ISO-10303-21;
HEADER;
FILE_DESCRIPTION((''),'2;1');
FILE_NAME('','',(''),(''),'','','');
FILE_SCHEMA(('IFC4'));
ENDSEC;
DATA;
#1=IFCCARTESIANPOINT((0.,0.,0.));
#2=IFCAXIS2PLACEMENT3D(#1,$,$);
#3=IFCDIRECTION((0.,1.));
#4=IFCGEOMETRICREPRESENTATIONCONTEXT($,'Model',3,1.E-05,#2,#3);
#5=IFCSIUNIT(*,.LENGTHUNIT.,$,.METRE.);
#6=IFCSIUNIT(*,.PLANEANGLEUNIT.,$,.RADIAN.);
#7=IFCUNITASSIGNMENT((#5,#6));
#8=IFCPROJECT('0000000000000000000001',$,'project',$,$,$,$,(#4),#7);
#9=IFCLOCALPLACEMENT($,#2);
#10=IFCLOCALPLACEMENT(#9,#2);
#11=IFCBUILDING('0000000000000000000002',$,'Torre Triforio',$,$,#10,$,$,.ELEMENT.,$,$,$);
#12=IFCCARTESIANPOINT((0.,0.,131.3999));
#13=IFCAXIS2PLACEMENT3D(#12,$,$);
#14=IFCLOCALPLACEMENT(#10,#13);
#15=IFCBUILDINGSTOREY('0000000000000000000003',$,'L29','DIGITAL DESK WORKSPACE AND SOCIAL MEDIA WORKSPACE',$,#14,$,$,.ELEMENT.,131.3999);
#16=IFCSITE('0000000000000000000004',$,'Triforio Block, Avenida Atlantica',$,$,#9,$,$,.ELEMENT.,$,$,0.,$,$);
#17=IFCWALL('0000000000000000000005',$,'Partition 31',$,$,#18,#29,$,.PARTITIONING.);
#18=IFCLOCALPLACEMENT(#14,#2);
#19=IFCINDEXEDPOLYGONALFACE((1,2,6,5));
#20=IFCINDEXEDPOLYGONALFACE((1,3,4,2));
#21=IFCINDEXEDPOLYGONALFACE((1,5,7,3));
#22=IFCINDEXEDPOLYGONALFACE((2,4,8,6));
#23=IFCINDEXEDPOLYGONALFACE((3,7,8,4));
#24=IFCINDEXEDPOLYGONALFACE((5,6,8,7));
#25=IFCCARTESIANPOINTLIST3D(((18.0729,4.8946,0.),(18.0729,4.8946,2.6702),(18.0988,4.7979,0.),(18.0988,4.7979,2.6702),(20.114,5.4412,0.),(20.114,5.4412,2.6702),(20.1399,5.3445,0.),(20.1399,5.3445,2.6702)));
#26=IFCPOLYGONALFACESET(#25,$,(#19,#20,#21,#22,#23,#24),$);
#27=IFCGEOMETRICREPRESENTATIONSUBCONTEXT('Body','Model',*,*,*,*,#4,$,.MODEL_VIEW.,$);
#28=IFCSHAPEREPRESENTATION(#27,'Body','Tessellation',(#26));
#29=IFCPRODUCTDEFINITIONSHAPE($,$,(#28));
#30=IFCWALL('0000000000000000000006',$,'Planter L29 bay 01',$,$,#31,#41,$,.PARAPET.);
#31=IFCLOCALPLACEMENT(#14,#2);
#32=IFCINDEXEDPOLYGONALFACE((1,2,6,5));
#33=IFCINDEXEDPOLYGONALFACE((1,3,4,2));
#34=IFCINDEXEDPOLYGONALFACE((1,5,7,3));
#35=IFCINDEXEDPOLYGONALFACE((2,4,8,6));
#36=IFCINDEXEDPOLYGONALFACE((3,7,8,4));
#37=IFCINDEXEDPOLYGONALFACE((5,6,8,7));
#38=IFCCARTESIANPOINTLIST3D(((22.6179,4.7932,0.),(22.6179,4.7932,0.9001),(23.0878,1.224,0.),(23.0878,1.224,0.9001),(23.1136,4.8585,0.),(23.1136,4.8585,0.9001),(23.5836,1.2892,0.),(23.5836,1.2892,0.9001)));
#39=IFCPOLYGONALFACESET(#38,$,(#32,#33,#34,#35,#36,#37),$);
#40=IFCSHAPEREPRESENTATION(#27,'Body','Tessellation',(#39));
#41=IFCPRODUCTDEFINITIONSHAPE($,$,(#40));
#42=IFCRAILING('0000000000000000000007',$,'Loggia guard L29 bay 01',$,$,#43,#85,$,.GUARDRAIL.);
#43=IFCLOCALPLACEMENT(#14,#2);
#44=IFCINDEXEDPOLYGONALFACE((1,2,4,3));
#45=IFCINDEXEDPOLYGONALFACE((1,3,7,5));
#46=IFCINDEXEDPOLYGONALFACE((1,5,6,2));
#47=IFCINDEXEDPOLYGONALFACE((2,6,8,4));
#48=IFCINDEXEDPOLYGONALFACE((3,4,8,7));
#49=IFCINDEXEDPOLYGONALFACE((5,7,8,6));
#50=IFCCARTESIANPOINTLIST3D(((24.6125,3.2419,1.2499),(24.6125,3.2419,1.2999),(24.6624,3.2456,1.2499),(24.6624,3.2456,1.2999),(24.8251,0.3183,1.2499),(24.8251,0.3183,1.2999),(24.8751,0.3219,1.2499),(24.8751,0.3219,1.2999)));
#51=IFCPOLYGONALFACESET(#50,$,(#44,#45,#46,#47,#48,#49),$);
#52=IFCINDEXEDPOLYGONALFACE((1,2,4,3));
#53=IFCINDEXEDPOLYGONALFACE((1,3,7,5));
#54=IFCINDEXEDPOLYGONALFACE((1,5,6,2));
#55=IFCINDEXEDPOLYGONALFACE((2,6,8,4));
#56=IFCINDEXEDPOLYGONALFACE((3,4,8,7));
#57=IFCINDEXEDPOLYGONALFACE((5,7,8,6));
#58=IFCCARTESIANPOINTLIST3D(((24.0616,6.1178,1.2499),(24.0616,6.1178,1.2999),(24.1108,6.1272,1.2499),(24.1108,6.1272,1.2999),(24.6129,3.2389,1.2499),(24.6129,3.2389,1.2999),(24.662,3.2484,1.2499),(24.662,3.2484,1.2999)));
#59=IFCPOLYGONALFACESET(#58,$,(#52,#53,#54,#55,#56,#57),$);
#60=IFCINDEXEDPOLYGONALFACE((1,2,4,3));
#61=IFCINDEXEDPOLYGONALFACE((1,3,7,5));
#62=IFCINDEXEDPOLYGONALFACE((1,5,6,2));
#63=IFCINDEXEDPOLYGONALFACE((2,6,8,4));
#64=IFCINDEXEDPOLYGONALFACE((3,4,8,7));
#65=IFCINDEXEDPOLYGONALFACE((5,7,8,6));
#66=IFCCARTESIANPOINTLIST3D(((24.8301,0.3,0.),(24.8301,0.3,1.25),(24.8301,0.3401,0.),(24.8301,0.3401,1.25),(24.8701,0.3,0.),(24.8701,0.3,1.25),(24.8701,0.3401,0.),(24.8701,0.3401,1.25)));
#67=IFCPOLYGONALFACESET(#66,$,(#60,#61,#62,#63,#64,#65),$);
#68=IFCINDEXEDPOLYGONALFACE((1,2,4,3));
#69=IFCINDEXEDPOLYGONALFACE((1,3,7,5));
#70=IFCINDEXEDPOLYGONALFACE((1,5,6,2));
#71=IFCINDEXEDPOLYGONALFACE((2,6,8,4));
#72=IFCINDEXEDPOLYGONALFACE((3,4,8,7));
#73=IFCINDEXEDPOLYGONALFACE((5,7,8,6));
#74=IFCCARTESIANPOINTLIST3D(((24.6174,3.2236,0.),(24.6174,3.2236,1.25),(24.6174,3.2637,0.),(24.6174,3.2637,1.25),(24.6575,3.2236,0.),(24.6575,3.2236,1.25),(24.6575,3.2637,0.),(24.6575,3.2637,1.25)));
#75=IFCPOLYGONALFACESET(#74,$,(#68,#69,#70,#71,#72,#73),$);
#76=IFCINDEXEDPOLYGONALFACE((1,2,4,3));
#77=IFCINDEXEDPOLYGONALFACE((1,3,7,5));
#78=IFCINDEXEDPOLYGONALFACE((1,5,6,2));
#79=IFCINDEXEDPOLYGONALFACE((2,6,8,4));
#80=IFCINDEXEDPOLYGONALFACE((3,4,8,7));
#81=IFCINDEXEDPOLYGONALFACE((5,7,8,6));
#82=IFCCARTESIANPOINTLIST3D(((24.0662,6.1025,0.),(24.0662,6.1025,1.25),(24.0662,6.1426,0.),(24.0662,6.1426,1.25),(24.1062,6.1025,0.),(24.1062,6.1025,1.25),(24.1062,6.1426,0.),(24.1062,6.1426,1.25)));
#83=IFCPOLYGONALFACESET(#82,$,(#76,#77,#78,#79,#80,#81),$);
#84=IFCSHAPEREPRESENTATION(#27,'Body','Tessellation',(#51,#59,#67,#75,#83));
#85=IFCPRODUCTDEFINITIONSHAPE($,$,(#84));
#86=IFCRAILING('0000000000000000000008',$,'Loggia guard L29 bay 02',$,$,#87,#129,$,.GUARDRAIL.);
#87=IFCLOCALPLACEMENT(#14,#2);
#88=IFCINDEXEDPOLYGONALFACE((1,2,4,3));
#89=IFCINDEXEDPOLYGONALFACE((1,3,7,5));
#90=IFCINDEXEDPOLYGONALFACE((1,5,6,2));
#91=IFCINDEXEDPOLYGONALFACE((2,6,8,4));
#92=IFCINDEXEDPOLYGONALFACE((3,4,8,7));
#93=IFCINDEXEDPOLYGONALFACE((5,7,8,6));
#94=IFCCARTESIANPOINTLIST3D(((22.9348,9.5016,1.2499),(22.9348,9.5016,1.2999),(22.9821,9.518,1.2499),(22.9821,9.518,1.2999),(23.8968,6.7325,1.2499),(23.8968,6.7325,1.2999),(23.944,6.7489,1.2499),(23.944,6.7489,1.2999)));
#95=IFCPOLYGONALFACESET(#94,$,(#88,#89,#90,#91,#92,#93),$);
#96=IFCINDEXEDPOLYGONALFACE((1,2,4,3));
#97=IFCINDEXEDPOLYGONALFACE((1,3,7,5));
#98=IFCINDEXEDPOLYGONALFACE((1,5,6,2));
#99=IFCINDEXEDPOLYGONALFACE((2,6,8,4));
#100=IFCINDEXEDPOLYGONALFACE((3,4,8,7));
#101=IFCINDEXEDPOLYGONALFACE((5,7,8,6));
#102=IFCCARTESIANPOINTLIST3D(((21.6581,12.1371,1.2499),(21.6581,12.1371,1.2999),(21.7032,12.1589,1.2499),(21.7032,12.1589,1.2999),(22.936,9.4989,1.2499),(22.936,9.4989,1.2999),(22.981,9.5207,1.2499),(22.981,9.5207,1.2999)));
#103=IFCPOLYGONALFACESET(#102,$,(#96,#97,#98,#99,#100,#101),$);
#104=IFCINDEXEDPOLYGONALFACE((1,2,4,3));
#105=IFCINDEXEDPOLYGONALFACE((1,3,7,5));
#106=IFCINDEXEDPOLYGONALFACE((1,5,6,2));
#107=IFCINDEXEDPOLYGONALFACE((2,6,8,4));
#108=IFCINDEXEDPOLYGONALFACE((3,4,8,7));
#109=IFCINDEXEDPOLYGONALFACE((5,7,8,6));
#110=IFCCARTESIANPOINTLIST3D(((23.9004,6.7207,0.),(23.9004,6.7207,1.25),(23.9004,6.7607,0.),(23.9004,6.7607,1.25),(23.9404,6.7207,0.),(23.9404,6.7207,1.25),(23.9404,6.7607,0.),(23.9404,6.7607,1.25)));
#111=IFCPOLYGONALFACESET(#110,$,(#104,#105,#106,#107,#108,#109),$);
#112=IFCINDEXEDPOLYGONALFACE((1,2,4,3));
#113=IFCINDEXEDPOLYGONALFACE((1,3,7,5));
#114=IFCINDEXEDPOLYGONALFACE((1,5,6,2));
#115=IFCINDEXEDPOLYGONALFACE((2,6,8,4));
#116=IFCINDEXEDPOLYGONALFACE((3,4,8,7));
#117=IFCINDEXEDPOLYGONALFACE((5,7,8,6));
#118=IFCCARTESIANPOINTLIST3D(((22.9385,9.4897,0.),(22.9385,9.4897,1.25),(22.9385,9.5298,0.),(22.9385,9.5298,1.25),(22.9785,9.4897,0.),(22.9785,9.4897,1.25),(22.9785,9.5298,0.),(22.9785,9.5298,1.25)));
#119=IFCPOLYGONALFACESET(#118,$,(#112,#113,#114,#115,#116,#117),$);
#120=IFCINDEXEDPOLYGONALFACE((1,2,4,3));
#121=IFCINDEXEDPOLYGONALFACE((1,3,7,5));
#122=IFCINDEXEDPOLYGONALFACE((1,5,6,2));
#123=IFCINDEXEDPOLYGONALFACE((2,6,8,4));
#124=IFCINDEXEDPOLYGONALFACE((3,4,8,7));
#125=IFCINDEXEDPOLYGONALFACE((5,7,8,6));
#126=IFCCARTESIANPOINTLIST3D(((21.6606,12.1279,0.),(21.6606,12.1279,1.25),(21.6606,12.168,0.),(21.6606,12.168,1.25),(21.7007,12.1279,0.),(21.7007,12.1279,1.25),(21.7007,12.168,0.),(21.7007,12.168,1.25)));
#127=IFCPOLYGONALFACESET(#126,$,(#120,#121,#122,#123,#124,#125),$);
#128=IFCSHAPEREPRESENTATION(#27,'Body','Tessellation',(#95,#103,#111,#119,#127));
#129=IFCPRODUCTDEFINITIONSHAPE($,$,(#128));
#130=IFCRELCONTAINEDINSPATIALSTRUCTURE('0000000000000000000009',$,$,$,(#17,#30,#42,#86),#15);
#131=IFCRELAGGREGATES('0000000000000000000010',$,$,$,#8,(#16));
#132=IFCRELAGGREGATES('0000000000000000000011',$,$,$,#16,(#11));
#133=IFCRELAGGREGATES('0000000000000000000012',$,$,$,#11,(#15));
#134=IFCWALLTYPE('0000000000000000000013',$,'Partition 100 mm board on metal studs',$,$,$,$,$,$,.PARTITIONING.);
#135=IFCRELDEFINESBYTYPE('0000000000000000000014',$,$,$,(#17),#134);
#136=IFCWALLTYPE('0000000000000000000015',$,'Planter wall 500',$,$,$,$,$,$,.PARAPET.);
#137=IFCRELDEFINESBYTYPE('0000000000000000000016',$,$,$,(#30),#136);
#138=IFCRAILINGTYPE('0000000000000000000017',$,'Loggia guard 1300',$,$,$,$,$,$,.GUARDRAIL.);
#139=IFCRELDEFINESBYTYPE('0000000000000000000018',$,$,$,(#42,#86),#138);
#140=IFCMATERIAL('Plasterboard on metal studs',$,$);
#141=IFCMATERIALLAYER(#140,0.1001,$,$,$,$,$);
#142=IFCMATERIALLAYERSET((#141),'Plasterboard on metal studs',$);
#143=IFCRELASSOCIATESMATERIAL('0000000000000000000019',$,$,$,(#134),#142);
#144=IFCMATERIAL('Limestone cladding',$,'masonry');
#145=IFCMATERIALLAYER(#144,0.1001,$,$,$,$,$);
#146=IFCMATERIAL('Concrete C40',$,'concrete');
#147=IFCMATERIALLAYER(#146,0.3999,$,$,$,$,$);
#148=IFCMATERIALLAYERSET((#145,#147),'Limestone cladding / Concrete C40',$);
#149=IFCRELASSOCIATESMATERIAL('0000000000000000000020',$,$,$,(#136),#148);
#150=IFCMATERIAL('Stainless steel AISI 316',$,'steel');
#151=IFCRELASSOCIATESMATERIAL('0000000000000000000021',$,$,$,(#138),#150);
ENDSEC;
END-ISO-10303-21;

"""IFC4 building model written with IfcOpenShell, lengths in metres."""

from ifc_helpers import new_model, si_unit, direction, frame, frame_2d, origin, origin_2d, place, context, subcontext, project, spatial, rectangle, extrude, material, layer, layer_set, type_object, element, save


model = new_model("IFC4")

# Units and contexts
model_context = context("Model", 3, precision=1e-05, world=origin(), true_north=direction((0.0, 1.0)))
body_context = subcontext(model_context, "Body", "Model", "MODEL_VIEW")
ifc_project = project(units=[si_unit("LENGTHUNIT", "METRE"), si_unit("PLANEANGLEUNIT", "RADIAN")], contexts=[model_context])

# Site, building, storey
site_placement = place(None, origin())
site = spatial("IfcSite", under=ifc_project, at=site_placement, Name="Triforio Block, Avenida Atlantica", CompositionType="ELEMENT", RefElevation=0.0)
building_placement = place(site_placement, origin())
building = spatial("IfcBuilding", under=site, at=building_placement, Name="Torre Triforio", CompositionType="ELEMENT")
storey_placement = place(building_placement, frame((0.0, 0.0, 131.3999)))
storey = spatial("IfcBuildingStorey", under=building, at=storey_placement, Name="L29", Description="DIGITAL DESK WORKSPACE AND SOCIAL MEDIA WORKSPACE", CompositionType="ELEMENT", Elevation=131.3999)

# Shared definitions
ifc_material_1 = material(Name="Plasterboard on metal studs")

# Walls
ifc_layer_1 = layer(ifc_material_1, 0.1001)
ifc_layer_set_1 = layer_set([ifc_layer_1], Name="Plasterboard on metal studs")
wall_type_1 = type_object("IfcWallType", Name="Partition 100 mm board on metal studs", PredefinedType="PARTITIONING", material=ifc_layer_set_1)
wall_1_placement = place(storey_placement, frame((18.0857, 4.8462, 0.0), z_axis=(0.0, 0.0, 1.0), x_axis=(0.965956, 0.258705, 0.0)))
element("IfcWall", 1, at=wall_1_placement, inside=storey, type_object=wall_type_1, Name="Partition 31", PredefinedType="PARTITIONING", context=body_context, shape_type="SweptSolid", body=[
    extrude(rectangle(XDim=2.113, YDim=0.1001, at=frame_2d((1.0566, 0.0))), origin(), (0.0, 0.0, 1.0), 2.6702),
])
ifc_material_2 = material(Name="Limestone cladding", Category="masonry")
ifc_layer_2 = layer(ifc_material_2, 0.1001)
ifc_material_3 = material(Name="Concrete C40", Category="concrete")
ifc_layer_3 = layer(ifc_material_3, 0.3999)
ifc_layer_set_2 = layer_set([ifc_layer_2, ifc_layer_3], Name="Limestone cladding / Concrete C40")
wall_type_2 = type_object("IfcWallType", Name="Planter wall 500", PredefinedType="PARAPET", material=ifc_layer_set_2)
wall_2_placement = place(storey_placement, frame((23.3357, 1.2566, 0.0), z_axis=(0.0, 0.0, 1.0), x_axis=(-0.130542, 0.991443, 0.0)))
element("IfcWall", 2, at=wall_2_placement, inside=storey, type_object=wall_type_2, Name="Planter L29 bay 01", PredefinedType="PARAPET", context=body_context, shape_type="SweptSolid", body=[
    extrude(rectangle(XDim=3.6001, YDim=0.5, at=frame_2d((1.8, 0.0))), origin(), (0.0, 0.0, 1.0), 0.9001),
])

# Railings
ifc_material_4 = material(Name="Stainless steel AISI 316", Category="steel")
railing_type = type_object("IfcRailingType", Name="Loggia guard 1300", PredefinedType="GUARDRAIL", material=ifc_material_4)
railing_1_placement = place(storey_placement, frame((24.8501, 0.3201, 0.0)))
element("IfcRailing", 3, at=railing_1_placement, inside=storey, type_object=railing_type, Name="Loggia guard L29 bay 01", PredefinedType="GUARDRAIL", context=body_context, shape_type="SweptSolid", body=[
    extrude(rectangle(XDim=0.05, YDim=0.05, at=origin_2d()), frame((0.0, 0.0, 1.2749), z_axis=(-0.072543, 0.997365, 0.0), x_axis=(-0.997365, -0.072543, 0.0)), (0.0, 0.0, 1.0), 2.9314),
    extrude(rectangle(XDim=0.05, YDim=0.05, at=origin_2d()), frame((-0.2126, 2.9236, 1.2749), z_axis=(-0.188069, 0.982156, 0.0), x_axis=(-0.982156, -0.188069, 0.0)), (0.0, 0.0, 1.0), 2.9312),
    extrude(rectangle(XDim=0.04, YDim=0.04, at=origin_2d()), origin(), (0.0, 0.0, 1.0), 1.25),
    extrude(rectangle(XDim=0.04, YDim=0.04, at=origin_2d()), frame((-0.2126, 2.9236, 0.0)), (0.0, 0.0, 1.0), 1.25),
    extrude(rectangle(XDim=0.04, YDim=0.04, at=origin_2d()), frame((-0.7639, 5.8025, 0.0)), (0.0, 0.0, 1.0), 1.25),
])
railing_2_placement = place(storey_placement, frame((23.9204, 6.7407, 0.0)))
element("IfcRailing", 4, at=railing_2_placement, inside=storey, type_object=railing_type, Name="Loggia guard L29 bay 02", PredefinedType="GUARDRAIL", context=body_context, shape_type="SweptSolid", body=[
    extrude(rectangle(XDim=0.05, YDim=0.05, at=origin_2d()), frame((0.0, 0.0, 1.2749), z_axis=(-0.328146, 0.944627, 0.0), x_axis=(-0.944627, -0.328146, 0.0)), (0.0, 0.0, 1.0), 2.9314),
    extrude(rectangle(XDim=0.05, YDim=0.05, at=origin_2d()), frame((-0.9619, 2.769, 1.2749), z_axis=(-0.435918, 0.899986, 0.0), x_axis=(-0.899986, -0.435918, 0.0)), (0.0, 0.0, 1.0), 2.9314),
    extrude(rectangle(XDim=0.04, YDim=0.04, at=origin_2d()), origin(), (0.0, 0.0, 1.0), 1.25),
    extrude(rectangle(XDim=0.04, YDim=0.04, at=origin_2d()), frame((-0.9619, 2.769, 0.0)), (0.0, 0.0, 1.0), 1.25),
    extrude(rectangle(XDim=0.04, YDim=0.04, at=origin_2d()), frame((-2.2397, 5.4072, 0.0)), (0.0, 0.0, 1.0), 1.25),
])

save(model, "model.ifc")
